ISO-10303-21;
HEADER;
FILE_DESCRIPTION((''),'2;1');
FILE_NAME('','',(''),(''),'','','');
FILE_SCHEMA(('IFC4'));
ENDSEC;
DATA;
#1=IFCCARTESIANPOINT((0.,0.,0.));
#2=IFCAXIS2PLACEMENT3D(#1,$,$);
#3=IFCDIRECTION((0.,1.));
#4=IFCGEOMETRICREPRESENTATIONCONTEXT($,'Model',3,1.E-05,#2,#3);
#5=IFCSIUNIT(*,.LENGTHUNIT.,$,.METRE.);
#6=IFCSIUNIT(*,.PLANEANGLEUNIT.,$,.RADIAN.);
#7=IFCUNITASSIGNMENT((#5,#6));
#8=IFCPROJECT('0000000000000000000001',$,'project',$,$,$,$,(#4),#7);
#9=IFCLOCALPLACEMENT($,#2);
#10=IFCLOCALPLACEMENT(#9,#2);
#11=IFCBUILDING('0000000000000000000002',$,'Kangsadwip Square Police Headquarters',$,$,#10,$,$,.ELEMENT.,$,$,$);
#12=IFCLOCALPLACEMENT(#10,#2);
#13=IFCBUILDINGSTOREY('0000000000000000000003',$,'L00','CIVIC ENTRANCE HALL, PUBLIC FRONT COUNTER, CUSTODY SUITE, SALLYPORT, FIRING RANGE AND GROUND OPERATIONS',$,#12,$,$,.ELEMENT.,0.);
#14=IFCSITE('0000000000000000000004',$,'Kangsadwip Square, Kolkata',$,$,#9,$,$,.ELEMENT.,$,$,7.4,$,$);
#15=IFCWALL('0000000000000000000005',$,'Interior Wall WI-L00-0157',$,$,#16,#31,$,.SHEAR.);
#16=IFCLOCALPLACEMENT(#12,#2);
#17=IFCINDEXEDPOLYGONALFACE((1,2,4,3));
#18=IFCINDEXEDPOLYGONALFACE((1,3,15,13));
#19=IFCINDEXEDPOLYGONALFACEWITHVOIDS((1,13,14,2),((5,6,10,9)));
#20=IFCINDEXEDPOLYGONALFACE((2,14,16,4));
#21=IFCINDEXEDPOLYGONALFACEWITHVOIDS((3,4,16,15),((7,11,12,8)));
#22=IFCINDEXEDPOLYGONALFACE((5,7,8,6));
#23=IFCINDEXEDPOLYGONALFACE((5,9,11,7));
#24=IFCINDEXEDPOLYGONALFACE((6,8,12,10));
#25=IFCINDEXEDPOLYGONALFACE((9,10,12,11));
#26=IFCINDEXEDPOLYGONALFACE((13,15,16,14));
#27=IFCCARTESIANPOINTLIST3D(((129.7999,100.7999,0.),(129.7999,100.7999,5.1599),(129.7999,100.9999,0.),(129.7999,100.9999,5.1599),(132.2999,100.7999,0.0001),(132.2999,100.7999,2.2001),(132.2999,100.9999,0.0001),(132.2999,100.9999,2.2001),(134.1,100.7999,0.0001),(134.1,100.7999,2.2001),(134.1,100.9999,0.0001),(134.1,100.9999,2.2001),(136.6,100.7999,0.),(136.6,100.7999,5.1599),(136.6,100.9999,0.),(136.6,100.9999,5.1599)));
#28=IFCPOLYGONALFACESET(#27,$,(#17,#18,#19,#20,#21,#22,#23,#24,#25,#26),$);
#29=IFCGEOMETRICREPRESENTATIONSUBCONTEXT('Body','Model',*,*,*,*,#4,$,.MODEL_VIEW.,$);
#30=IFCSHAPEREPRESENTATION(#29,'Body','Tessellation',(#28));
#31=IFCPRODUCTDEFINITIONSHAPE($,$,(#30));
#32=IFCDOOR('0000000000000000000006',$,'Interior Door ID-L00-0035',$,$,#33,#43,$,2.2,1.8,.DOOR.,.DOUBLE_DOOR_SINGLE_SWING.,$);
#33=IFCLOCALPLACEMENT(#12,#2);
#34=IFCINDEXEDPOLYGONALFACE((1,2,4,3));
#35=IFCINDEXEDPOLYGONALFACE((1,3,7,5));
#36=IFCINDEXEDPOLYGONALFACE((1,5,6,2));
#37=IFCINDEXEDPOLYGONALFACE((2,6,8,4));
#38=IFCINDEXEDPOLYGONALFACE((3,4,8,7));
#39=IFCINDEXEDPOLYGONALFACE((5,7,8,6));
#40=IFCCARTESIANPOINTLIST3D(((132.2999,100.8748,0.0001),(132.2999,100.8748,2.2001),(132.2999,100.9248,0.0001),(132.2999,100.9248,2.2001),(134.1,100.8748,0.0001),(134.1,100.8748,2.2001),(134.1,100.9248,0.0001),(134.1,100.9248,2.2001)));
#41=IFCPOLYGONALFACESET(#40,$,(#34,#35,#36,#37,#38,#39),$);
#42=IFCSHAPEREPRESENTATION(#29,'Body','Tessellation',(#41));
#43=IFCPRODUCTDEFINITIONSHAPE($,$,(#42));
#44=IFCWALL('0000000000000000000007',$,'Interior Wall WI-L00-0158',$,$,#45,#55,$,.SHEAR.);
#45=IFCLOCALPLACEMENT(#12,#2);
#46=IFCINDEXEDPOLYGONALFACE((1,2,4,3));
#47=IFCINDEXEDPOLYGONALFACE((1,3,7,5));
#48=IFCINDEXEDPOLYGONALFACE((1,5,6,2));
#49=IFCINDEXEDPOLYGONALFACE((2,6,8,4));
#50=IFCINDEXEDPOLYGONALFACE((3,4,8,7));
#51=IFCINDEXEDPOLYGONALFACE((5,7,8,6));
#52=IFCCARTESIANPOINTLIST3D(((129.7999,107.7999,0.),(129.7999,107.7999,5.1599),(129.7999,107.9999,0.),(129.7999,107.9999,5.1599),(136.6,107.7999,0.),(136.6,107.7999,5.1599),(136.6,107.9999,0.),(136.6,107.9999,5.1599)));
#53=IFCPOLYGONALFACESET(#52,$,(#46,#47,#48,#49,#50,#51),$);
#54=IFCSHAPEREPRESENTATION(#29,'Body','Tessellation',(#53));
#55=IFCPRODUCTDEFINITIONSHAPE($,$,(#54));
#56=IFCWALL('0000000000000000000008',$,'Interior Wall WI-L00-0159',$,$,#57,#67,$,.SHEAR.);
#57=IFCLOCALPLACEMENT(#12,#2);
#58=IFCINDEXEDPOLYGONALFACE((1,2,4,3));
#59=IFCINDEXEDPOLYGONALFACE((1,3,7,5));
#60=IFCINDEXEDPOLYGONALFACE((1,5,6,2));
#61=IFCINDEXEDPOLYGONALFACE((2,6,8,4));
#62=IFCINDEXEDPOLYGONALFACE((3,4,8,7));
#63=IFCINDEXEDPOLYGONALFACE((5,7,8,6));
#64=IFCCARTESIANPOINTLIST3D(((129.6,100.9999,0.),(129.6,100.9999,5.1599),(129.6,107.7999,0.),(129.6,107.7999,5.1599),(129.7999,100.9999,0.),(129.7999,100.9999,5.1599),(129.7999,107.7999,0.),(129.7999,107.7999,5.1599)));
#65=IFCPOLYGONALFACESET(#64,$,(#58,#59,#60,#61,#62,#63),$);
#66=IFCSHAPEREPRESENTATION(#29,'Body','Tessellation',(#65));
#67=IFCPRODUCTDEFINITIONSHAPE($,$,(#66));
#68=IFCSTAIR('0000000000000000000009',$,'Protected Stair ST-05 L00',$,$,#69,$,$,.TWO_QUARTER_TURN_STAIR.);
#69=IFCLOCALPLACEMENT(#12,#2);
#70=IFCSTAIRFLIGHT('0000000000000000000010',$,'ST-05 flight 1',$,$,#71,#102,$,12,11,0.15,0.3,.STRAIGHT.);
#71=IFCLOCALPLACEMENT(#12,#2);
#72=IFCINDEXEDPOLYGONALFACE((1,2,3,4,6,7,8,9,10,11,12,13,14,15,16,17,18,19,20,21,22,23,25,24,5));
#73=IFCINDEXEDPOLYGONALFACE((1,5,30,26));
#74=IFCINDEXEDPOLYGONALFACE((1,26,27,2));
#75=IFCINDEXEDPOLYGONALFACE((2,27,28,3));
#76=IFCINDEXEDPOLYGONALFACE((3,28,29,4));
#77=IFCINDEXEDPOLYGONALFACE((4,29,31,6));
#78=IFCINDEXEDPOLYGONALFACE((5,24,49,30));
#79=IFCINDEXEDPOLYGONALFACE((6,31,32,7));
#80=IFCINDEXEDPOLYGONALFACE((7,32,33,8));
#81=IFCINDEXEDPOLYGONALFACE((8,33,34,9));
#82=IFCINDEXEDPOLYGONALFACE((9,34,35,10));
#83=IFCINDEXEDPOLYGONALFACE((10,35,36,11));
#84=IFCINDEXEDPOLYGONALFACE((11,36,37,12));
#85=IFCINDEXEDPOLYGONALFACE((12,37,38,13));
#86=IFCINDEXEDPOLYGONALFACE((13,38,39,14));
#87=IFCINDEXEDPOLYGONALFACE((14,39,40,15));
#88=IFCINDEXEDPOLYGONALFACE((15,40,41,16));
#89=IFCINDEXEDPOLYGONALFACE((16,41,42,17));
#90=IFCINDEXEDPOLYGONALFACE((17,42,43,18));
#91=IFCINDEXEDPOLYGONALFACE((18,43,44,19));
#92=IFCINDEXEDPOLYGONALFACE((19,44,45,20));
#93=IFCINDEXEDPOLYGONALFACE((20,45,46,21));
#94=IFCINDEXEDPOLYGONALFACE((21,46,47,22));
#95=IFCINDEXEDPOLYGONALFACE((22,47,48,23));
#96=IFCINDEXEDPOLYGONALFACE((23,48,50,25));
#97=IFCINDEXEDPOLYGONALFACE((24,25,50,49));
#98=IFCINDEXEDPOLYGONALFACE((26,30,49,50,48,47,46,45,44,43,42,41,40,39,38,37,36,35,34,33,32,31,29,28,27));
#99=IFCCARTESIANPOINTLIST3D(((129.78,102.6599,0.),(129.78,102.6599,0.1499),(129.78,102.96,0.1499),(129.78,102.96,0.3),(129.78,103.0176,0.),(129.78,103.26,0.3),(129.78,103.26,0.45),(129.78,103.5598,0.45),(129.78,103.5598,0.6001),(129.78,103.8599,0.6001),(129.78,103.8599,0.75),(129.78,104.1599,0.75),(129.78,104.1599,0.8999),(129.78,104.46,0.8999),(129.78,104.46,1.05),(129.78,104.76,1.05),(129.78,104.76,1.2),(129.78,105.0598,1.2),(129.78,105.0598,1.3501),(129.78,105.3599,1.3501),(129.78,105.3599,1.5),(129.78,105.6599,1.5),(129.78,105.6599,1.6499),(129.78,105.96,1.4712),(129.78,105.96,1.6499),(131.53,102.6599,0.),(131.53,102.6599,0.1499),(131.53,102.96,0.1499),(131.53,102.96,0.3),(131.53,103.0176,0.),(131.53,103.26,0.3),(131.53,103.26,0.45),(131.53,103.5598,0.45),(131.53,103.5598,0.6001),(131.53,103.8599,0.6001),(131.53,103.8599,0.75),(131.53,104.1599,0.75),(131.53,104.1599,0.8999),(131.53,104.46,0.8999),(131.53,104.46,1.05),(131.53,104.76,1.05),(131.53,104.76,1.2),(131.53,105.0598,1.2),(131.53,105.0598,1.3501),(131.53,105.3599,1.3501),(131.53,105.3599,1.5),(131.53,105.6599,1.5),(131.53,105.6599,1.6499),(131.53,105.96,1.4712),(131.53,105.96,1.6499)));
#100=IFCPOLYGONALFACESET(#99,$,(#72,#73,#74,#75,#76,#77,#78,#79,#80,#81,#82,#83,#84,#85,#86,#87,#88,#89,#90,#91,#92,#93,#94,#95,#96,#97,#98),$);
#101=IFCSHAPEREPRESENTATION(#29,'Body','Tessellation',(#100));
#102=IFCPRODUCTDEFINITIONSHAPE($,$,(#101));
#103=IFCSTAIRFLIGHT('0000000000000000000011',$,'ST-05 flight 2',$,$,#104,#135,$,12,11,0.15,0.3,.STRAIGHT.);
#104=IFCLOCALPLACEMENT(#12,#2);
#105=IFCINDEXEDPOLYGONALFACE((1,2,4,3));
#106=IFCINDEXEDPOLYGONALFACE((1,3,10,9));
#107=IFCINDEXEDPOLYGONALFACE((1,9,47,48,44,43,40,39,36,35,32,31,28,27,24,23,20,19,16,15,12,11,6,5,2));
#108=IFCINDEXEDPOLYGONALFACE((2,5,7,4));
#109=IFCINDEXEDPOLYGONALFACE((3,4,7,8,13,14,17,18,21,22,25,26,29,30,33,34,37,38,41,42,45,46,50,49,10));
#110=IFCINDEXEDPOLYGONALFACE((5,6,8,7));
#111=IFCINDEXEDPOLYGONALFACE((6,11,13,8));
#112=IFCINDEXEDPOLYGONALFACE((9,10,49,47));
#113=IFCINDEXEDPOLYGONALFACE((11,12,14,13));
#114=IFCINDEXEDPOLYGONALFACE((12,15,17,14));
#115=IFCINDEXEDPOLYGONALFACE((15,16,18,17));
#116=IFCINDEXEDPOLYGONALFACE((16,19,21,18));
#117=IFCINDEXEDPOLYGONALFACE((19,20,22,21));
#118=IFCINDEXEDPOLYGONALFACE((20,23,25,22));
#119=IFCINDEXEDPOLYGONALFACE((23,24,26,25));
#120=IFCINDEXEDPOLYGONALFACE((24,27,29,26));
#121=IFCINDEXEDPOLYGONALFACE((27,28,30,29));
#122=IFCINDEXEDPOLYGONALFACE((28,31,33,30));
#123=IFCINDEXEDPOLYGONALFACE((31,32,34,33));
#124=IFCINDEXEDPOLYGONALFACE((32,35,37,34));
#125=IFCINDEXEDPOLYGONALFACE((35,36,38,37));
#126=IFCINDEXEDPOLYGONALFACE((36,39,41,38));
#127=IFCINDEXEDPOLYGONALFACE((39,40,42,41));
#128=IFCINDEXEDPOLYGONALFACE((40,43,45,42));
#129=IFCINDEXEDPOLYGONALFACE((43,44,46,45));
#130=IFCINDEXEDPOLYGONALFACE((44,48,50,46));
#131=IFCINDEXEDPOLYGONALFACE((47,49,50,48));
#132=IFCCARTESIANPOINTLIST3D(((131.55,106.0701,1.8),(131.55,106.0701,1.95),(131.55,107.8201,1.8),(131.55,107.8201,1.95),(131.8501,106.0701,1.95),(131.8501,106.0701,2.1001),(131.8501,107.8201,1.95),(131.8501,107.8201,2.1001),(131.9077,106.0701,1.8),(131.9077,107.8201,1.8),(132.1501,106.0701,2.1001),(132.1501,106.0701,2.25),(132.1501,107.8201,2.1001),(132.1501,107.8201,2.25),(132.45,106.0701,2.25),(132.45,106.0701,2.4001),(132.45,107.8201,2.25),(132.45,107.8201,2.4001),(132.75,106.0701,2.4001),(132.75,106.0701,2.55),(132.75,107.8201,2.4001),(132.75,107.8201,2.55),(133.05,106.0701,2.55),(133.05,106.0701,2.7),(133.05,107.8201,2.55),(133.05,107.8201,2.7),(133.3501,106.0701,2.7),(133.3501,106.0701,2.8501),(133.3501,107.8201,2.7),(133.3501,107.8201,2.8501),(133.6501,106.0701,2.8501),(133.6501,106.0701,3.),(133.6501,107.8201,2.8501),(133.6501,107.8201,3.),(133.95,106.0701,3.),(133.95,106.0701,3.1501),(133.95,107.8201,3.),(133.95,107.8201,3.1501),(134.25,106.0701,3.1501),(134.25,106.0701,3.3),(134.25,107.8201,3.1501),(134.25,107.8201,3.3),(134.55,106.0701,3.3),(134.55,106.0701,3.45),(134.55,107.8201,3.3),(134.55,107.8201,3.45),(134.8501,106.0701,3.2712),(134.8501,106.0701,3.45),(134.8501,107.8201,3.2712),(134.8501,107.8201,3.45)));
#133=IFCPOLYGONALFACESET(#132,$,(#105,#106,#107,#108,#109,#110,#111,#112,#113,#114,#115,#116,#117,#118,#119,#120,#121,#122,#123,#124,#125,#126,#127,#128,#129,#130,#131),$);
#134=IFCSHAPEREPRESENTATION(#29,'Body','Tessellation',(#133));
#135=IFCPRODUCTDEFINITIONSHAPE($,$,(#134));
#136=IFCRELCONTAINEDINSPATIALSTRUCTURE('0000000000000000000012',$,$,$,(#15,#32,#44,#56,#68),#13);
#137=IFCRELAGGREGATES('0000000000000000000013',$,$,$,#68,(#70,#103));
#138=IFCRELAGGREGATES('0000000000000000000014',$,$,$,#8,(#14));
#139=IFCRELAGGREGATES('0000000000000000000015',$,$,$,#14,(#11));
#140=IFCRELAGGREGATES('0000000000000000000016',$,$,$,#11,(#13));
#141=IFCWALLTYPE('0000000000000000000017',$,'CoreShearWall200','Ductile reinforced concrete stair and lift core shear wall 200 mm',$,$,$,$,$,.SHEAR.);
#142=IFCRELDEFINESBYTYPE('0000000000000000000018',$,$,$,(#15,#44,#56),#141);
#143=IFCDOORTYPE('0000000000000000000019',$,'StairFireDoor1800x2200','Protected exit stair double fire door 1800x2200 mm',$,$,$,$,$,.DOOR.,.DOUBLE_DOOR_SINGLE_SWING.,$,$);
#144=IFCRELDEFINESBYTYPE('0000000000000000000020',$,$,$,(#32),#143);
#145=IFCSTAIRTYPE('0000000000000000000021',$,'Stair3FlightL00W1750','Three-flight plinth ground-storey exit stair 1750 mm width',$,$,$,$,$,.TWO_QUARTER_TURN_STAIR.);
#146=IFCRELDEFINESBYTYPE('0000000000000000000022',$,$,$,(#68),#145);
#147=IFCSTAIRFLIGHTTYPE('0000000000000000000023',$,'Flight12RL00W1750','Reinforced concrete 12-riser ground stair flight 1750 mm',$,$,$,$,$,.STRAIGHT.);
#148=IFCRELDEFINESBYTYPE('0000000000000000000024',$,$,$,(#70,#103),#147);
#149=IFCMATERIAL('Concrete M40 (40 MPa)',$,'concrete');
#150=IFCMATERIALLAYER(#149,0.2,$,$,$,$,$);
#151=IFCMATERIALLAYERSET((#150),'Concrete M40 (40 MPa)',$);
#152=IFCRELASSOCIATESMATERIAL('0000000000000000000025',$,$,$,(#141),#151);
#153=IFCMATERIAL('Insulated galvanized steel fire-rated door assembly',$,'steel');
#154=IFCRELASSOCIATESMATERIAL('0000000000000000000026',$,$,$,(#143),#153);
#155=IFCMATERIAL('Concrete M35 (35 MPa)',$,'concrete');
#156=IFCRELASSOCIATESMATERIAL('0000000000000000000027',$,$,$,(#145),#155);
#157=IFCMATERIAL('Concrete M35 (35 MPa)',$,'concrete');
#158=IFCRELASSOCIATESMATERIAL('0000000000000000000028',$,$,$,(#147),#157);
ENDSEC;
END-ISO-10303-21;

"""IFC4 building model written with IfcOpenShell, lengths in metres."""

from ifc_helpers import new_model, si_unit, direction, frame, frame_2d, origin, place, context, subcontext, project, spatial, polyline, rectangle, outline, extrude, material, layer, layer_set, type_object, element, fill, aggregate, save


model = new_model("IFC4")

# Units and contexts
model_context = context("Model", 3, precision=1e-05, world=origin(), true_north=direction((0.0, 1.0)))
body_context = subcontext(model_context, "Body", "Model", "MODEL_VIEW")
ifc_project = project(units=[si_unit("LENGTHUNIT", "METRE"), si_unit("PLANEANGLEUNIT", "RADIAN")], contexts=[model_context])

# Site, building, storey
site_placement = place(None, origin())
site = spatial("IfcSite", under=ifc_project, at=site_placement, Name="Kangsadwip Square, Kolkata", CompositionType="ELEMENT", RefElevation=7.4)
building_placement = place(site_placement, origin())
building = spatial("IfcBuilding", under=site, at=building_placement, Name="Kangsadwip Square Police Headquarters", CompositionType="ELEMENT")
storey_placement = place(building_placement, origin())
storey = spatial("IfcBuildingStorey", under=building, at=storey_placement, Name="L00", Description="CIVIC ENTRANCE HALL, PUBLIC FRONT COUNTER, CUSTODY SUITE, SALLYPORT, FIRING RANGE AND GROUND OPERATIONS", CompositionType="ELEMENT", Elevation=0.0)

# Wall, opening, door
ifc_material_1 = material(Name="Concrete M40 (40 MPa)", Category="concrete")
ifc_layer_1 = layer(ifc_material_1, 0.2)
ifc_layer_set_1 = layer_set([ifc_layer_1], Name="Concrete M40 (40 MPa)")
wall_type = type_object("IfcWallType", Name="CoreShearWall200", Description="Ductile reinforced concrete stair and lift core shear wall 200 mm", PredefinedType="SHEAR", material=ifc_layer_set_1)
wall_placement = place(storey_placement, frame((129.8, 100.8999, 0.0), z_axis=(0.0, 0.0, 1.0), x_axis=(1.0, 0.0, 0.0)))
wall = element("IfcWall", 1, at=wall_placement, inside=storey, type_object=wall_type, Name="Interior Wall WI-L00-0157", PredefinedType="SHEAR", context=body_context, shape_type="SweptSolid", body=[
    extrude(rectangle(XDim=6.8, YDim=0.2, at=frame_2d((3.3999, 0.0))), origin(), (0.0, 0.0, 1.0), 5.1599),
])
opening_placement = place(wall_placement, frame((2.5, 0.0, 0.0)))
opening = element("IfcOpeningElement", 2, at=opening_placement, cuts=wall, PredefinedType="OPENING", context=body_context, shape_type="SweptSolid", body=[
    extrude(rectangle(XDim=1.8, YDim=2.2, at=frame_2d((0.8999, 1.1001))), frame((0.0, 0.1099, 0.0), z_axis=(0.0, -1.0, 0.0), x_axis=(1.0, 0.0, 0.0)), (0.0, 0.0, 1.0), 0.22),
])
ifc_material_2 = material(Name="Insulated galvanized steel fire-rated door assembly", Category="steel")
door_type = type_object("IfcDoorType", Name="StairFireDoor1800x2200", Description="Protected exit stair double fire door 1800x2200 mm", OperationType="DOUBLE_DOOR_SINGLE_SWING", PredefinedType="DOOR", material=ifc_material_2)
door_placement = place(opening_placement, origin())
door = element("IfcDoor", 3, at=door_placement, inside=storey, type_object=door_type, Name="Interior Door ID-L00-0035", OperationType="DOUBLE_DOOR_SINGLE_SWING", OverallHeight=2.2, OverallWidth=1.8, PredefinedType="DOOR", context=body_context, shape_type="SweptSolid", body=[
    extrude(rectangle(XDim=1.8, YDim=2.2, at=frame_2d((0.8999, 1.1001))), frame((0.0, 0.0249, 0.0), z_axis=(0.0, -1.0, 0.0), x_axis=(1.0, 0.0, 0.0)), (0.0, 0.0, 1.0), 0.05),
])
fill(opening, door)

# Walls
for number, where, z_axis, x_axis, name in (
    (4, (129.8, 107.8999, 0.0), (0.0, 0.0, 1.0), (1.0, 0.0, 0.0), "Interior Wall WI-L00-0158"),
    (5, (129.7, 101.0, 0.0), (0.0, 0.0, 1.0), (0.0, 1.0, 0.0), "Interior Wall WI-L00-0159"),
):
    element("IfcWall", number, at=place(storey_placement, frame(where, z_axis=z_axis, x_axis=x_axis)), inside=storey, type_object=wall_type, Name=name, PredefinedType="SHEAR", context=body_context, shape_type="SweptSolid", body=[
        extrude(rectangle(XDim=6.8, YDim=0.2, at=frame_2d((3.3999, 0.0))), origin(), (0.0, 0.0, 1.0), 5.1599),
    ])

# Stair, stair flights
ifc_material_3 = material(Name="Concrete M35 (35 MPa)", Category="concrete")
stair_type = type_object("IfcStairType", Name="Stair3FlightL00W1750", Description="Three-flight plinth ground-storey exit stair 1750 mm width", PredefinedType="TWO_QUARTER_TURN_STAIR", material=ifc_material_3)
stair_placement = place(storey_placement, origin())
stair = element("IfcStair", 6, at=stair_placement, inside=storey, type_object=stair_type, Name="Protected Stair ST-05 L00", PredefinedType="TWO_QUARTER_TURN_STAIR")
ifc_material_4 = material(Name="Concrete M35 (35 MPa)", Category="concrete")
stair_flight_type = type_object("IfcStairFlightType", Name="Flight12RL00W1750", Description="Reinforced concrete 12-riser ground stair flight 1750 mm", PredefinedType="STRAIGHT", material=ifc_material_4)
stair_flight_1_placement = place(storey_placement, frame((130.655, 102.6599, 0.0), z_axis=(0.0, 0.0, 1.0), x_axis=(0.0, 1.0, 0.0)))
stair_flight_1 = element("IfcStairFlight", 7, at=stair_flight_1_placement, type_object=stair_flight_type, Name="ST-05 flight 1", NumberOfRisers=12, NumberOfTreads=11, PredefinedType="STRAIGHT", RiserHeight=0.15, TreadLength=0.3, context=body_context, shape_type="SweptSolid", body=[
    extrude(outline(polyline([(0.0, 0.0), (0.0, 0.1499), (0.3, 0.1499), (0.3, 0.3), (0.6001, 0.3), (0.6001, 0.45), (0.8999, 0.45), (0.8999, 0.6001), (1.2, 0.6001), (1.2, 0.75), (1.5, 0.75), (1.5, 0.8999), (1.8, 0.8999), (1.8, 1.05), (2.1001, 1.05), (2.1001, 1.2), (2.3999, 1.2), (2.3999, 1.3501), (2.7, 1.3501), (2.7, 1.5), (3.0, 1.5), (3.0, 1.6499), (3.3, 1.6499), (3.3, 1.8), (3.3, 1.4712), (0.3577, 0.0), (0.0, 0.0)])), frame((0.0, 0.875, 0.0), z_axis=(0.0, -1.0, 0.0), x_axis=(1.0, 0.0, 0.0)), (0.0, 0.0, 1.0), 1.75),
])
stair_flight_2_placement = place(storey_placement, frame((131.55, 106.9451, 1.8), z_axis=(0.0, 0.0, 1.0), x_axis=(1.0, 0.0, 0.0)))
stair_flight_2 = element("IfcStairFlight", 8, at=stair_flight_2_placement, type_object=stair_flight_type, Name="ST-05 flight 2", NumberOfRisers=12, NumberOfTreads=11, PredefinedType="STRAIGHT", RiserHeight=0.15, TreadLength=0.3, context=body_context, shape_type="SweptSolid", body=[
    extrude(outline(polyline([(0.0, 0.0), (0.0, 0.1499), (0.3, 0.1499), (0.3, 0.3), (0.6001, 0.3), (0.6001, 0.45), (0.8999, 0.45), (0.8999, 0.6001), (1.2, 0.6001), (1.2, 0.75), (1.5, 0.75), (1.5, 0.8999), (1.8, 0.8999), (1.8, 1.05), (2.1001, 1.05), (2.1001, 1.2), (2.3999, 1.2), (2.3999, 1.3501), (2.7, 1.3501), (2.7, 1.5), (3.0, 1.5), (3.0, 1.6499), (3.3, 1.6499), (3.3, 1.8), (3.3, 1.4712), (0.3577, 0.0), (0.0, 0.0)])), frame((0.0, 0.875, 0.0), z_axis=(0.0, -1.0, 0.0), x_axis=(1.0, 0.0, 0.0)), (0.0, 0.0, 1.0), 1.75),
])
aggregate(stair, [stair_flight_1, stair_flight_2])

save(model, "model.ifc")
